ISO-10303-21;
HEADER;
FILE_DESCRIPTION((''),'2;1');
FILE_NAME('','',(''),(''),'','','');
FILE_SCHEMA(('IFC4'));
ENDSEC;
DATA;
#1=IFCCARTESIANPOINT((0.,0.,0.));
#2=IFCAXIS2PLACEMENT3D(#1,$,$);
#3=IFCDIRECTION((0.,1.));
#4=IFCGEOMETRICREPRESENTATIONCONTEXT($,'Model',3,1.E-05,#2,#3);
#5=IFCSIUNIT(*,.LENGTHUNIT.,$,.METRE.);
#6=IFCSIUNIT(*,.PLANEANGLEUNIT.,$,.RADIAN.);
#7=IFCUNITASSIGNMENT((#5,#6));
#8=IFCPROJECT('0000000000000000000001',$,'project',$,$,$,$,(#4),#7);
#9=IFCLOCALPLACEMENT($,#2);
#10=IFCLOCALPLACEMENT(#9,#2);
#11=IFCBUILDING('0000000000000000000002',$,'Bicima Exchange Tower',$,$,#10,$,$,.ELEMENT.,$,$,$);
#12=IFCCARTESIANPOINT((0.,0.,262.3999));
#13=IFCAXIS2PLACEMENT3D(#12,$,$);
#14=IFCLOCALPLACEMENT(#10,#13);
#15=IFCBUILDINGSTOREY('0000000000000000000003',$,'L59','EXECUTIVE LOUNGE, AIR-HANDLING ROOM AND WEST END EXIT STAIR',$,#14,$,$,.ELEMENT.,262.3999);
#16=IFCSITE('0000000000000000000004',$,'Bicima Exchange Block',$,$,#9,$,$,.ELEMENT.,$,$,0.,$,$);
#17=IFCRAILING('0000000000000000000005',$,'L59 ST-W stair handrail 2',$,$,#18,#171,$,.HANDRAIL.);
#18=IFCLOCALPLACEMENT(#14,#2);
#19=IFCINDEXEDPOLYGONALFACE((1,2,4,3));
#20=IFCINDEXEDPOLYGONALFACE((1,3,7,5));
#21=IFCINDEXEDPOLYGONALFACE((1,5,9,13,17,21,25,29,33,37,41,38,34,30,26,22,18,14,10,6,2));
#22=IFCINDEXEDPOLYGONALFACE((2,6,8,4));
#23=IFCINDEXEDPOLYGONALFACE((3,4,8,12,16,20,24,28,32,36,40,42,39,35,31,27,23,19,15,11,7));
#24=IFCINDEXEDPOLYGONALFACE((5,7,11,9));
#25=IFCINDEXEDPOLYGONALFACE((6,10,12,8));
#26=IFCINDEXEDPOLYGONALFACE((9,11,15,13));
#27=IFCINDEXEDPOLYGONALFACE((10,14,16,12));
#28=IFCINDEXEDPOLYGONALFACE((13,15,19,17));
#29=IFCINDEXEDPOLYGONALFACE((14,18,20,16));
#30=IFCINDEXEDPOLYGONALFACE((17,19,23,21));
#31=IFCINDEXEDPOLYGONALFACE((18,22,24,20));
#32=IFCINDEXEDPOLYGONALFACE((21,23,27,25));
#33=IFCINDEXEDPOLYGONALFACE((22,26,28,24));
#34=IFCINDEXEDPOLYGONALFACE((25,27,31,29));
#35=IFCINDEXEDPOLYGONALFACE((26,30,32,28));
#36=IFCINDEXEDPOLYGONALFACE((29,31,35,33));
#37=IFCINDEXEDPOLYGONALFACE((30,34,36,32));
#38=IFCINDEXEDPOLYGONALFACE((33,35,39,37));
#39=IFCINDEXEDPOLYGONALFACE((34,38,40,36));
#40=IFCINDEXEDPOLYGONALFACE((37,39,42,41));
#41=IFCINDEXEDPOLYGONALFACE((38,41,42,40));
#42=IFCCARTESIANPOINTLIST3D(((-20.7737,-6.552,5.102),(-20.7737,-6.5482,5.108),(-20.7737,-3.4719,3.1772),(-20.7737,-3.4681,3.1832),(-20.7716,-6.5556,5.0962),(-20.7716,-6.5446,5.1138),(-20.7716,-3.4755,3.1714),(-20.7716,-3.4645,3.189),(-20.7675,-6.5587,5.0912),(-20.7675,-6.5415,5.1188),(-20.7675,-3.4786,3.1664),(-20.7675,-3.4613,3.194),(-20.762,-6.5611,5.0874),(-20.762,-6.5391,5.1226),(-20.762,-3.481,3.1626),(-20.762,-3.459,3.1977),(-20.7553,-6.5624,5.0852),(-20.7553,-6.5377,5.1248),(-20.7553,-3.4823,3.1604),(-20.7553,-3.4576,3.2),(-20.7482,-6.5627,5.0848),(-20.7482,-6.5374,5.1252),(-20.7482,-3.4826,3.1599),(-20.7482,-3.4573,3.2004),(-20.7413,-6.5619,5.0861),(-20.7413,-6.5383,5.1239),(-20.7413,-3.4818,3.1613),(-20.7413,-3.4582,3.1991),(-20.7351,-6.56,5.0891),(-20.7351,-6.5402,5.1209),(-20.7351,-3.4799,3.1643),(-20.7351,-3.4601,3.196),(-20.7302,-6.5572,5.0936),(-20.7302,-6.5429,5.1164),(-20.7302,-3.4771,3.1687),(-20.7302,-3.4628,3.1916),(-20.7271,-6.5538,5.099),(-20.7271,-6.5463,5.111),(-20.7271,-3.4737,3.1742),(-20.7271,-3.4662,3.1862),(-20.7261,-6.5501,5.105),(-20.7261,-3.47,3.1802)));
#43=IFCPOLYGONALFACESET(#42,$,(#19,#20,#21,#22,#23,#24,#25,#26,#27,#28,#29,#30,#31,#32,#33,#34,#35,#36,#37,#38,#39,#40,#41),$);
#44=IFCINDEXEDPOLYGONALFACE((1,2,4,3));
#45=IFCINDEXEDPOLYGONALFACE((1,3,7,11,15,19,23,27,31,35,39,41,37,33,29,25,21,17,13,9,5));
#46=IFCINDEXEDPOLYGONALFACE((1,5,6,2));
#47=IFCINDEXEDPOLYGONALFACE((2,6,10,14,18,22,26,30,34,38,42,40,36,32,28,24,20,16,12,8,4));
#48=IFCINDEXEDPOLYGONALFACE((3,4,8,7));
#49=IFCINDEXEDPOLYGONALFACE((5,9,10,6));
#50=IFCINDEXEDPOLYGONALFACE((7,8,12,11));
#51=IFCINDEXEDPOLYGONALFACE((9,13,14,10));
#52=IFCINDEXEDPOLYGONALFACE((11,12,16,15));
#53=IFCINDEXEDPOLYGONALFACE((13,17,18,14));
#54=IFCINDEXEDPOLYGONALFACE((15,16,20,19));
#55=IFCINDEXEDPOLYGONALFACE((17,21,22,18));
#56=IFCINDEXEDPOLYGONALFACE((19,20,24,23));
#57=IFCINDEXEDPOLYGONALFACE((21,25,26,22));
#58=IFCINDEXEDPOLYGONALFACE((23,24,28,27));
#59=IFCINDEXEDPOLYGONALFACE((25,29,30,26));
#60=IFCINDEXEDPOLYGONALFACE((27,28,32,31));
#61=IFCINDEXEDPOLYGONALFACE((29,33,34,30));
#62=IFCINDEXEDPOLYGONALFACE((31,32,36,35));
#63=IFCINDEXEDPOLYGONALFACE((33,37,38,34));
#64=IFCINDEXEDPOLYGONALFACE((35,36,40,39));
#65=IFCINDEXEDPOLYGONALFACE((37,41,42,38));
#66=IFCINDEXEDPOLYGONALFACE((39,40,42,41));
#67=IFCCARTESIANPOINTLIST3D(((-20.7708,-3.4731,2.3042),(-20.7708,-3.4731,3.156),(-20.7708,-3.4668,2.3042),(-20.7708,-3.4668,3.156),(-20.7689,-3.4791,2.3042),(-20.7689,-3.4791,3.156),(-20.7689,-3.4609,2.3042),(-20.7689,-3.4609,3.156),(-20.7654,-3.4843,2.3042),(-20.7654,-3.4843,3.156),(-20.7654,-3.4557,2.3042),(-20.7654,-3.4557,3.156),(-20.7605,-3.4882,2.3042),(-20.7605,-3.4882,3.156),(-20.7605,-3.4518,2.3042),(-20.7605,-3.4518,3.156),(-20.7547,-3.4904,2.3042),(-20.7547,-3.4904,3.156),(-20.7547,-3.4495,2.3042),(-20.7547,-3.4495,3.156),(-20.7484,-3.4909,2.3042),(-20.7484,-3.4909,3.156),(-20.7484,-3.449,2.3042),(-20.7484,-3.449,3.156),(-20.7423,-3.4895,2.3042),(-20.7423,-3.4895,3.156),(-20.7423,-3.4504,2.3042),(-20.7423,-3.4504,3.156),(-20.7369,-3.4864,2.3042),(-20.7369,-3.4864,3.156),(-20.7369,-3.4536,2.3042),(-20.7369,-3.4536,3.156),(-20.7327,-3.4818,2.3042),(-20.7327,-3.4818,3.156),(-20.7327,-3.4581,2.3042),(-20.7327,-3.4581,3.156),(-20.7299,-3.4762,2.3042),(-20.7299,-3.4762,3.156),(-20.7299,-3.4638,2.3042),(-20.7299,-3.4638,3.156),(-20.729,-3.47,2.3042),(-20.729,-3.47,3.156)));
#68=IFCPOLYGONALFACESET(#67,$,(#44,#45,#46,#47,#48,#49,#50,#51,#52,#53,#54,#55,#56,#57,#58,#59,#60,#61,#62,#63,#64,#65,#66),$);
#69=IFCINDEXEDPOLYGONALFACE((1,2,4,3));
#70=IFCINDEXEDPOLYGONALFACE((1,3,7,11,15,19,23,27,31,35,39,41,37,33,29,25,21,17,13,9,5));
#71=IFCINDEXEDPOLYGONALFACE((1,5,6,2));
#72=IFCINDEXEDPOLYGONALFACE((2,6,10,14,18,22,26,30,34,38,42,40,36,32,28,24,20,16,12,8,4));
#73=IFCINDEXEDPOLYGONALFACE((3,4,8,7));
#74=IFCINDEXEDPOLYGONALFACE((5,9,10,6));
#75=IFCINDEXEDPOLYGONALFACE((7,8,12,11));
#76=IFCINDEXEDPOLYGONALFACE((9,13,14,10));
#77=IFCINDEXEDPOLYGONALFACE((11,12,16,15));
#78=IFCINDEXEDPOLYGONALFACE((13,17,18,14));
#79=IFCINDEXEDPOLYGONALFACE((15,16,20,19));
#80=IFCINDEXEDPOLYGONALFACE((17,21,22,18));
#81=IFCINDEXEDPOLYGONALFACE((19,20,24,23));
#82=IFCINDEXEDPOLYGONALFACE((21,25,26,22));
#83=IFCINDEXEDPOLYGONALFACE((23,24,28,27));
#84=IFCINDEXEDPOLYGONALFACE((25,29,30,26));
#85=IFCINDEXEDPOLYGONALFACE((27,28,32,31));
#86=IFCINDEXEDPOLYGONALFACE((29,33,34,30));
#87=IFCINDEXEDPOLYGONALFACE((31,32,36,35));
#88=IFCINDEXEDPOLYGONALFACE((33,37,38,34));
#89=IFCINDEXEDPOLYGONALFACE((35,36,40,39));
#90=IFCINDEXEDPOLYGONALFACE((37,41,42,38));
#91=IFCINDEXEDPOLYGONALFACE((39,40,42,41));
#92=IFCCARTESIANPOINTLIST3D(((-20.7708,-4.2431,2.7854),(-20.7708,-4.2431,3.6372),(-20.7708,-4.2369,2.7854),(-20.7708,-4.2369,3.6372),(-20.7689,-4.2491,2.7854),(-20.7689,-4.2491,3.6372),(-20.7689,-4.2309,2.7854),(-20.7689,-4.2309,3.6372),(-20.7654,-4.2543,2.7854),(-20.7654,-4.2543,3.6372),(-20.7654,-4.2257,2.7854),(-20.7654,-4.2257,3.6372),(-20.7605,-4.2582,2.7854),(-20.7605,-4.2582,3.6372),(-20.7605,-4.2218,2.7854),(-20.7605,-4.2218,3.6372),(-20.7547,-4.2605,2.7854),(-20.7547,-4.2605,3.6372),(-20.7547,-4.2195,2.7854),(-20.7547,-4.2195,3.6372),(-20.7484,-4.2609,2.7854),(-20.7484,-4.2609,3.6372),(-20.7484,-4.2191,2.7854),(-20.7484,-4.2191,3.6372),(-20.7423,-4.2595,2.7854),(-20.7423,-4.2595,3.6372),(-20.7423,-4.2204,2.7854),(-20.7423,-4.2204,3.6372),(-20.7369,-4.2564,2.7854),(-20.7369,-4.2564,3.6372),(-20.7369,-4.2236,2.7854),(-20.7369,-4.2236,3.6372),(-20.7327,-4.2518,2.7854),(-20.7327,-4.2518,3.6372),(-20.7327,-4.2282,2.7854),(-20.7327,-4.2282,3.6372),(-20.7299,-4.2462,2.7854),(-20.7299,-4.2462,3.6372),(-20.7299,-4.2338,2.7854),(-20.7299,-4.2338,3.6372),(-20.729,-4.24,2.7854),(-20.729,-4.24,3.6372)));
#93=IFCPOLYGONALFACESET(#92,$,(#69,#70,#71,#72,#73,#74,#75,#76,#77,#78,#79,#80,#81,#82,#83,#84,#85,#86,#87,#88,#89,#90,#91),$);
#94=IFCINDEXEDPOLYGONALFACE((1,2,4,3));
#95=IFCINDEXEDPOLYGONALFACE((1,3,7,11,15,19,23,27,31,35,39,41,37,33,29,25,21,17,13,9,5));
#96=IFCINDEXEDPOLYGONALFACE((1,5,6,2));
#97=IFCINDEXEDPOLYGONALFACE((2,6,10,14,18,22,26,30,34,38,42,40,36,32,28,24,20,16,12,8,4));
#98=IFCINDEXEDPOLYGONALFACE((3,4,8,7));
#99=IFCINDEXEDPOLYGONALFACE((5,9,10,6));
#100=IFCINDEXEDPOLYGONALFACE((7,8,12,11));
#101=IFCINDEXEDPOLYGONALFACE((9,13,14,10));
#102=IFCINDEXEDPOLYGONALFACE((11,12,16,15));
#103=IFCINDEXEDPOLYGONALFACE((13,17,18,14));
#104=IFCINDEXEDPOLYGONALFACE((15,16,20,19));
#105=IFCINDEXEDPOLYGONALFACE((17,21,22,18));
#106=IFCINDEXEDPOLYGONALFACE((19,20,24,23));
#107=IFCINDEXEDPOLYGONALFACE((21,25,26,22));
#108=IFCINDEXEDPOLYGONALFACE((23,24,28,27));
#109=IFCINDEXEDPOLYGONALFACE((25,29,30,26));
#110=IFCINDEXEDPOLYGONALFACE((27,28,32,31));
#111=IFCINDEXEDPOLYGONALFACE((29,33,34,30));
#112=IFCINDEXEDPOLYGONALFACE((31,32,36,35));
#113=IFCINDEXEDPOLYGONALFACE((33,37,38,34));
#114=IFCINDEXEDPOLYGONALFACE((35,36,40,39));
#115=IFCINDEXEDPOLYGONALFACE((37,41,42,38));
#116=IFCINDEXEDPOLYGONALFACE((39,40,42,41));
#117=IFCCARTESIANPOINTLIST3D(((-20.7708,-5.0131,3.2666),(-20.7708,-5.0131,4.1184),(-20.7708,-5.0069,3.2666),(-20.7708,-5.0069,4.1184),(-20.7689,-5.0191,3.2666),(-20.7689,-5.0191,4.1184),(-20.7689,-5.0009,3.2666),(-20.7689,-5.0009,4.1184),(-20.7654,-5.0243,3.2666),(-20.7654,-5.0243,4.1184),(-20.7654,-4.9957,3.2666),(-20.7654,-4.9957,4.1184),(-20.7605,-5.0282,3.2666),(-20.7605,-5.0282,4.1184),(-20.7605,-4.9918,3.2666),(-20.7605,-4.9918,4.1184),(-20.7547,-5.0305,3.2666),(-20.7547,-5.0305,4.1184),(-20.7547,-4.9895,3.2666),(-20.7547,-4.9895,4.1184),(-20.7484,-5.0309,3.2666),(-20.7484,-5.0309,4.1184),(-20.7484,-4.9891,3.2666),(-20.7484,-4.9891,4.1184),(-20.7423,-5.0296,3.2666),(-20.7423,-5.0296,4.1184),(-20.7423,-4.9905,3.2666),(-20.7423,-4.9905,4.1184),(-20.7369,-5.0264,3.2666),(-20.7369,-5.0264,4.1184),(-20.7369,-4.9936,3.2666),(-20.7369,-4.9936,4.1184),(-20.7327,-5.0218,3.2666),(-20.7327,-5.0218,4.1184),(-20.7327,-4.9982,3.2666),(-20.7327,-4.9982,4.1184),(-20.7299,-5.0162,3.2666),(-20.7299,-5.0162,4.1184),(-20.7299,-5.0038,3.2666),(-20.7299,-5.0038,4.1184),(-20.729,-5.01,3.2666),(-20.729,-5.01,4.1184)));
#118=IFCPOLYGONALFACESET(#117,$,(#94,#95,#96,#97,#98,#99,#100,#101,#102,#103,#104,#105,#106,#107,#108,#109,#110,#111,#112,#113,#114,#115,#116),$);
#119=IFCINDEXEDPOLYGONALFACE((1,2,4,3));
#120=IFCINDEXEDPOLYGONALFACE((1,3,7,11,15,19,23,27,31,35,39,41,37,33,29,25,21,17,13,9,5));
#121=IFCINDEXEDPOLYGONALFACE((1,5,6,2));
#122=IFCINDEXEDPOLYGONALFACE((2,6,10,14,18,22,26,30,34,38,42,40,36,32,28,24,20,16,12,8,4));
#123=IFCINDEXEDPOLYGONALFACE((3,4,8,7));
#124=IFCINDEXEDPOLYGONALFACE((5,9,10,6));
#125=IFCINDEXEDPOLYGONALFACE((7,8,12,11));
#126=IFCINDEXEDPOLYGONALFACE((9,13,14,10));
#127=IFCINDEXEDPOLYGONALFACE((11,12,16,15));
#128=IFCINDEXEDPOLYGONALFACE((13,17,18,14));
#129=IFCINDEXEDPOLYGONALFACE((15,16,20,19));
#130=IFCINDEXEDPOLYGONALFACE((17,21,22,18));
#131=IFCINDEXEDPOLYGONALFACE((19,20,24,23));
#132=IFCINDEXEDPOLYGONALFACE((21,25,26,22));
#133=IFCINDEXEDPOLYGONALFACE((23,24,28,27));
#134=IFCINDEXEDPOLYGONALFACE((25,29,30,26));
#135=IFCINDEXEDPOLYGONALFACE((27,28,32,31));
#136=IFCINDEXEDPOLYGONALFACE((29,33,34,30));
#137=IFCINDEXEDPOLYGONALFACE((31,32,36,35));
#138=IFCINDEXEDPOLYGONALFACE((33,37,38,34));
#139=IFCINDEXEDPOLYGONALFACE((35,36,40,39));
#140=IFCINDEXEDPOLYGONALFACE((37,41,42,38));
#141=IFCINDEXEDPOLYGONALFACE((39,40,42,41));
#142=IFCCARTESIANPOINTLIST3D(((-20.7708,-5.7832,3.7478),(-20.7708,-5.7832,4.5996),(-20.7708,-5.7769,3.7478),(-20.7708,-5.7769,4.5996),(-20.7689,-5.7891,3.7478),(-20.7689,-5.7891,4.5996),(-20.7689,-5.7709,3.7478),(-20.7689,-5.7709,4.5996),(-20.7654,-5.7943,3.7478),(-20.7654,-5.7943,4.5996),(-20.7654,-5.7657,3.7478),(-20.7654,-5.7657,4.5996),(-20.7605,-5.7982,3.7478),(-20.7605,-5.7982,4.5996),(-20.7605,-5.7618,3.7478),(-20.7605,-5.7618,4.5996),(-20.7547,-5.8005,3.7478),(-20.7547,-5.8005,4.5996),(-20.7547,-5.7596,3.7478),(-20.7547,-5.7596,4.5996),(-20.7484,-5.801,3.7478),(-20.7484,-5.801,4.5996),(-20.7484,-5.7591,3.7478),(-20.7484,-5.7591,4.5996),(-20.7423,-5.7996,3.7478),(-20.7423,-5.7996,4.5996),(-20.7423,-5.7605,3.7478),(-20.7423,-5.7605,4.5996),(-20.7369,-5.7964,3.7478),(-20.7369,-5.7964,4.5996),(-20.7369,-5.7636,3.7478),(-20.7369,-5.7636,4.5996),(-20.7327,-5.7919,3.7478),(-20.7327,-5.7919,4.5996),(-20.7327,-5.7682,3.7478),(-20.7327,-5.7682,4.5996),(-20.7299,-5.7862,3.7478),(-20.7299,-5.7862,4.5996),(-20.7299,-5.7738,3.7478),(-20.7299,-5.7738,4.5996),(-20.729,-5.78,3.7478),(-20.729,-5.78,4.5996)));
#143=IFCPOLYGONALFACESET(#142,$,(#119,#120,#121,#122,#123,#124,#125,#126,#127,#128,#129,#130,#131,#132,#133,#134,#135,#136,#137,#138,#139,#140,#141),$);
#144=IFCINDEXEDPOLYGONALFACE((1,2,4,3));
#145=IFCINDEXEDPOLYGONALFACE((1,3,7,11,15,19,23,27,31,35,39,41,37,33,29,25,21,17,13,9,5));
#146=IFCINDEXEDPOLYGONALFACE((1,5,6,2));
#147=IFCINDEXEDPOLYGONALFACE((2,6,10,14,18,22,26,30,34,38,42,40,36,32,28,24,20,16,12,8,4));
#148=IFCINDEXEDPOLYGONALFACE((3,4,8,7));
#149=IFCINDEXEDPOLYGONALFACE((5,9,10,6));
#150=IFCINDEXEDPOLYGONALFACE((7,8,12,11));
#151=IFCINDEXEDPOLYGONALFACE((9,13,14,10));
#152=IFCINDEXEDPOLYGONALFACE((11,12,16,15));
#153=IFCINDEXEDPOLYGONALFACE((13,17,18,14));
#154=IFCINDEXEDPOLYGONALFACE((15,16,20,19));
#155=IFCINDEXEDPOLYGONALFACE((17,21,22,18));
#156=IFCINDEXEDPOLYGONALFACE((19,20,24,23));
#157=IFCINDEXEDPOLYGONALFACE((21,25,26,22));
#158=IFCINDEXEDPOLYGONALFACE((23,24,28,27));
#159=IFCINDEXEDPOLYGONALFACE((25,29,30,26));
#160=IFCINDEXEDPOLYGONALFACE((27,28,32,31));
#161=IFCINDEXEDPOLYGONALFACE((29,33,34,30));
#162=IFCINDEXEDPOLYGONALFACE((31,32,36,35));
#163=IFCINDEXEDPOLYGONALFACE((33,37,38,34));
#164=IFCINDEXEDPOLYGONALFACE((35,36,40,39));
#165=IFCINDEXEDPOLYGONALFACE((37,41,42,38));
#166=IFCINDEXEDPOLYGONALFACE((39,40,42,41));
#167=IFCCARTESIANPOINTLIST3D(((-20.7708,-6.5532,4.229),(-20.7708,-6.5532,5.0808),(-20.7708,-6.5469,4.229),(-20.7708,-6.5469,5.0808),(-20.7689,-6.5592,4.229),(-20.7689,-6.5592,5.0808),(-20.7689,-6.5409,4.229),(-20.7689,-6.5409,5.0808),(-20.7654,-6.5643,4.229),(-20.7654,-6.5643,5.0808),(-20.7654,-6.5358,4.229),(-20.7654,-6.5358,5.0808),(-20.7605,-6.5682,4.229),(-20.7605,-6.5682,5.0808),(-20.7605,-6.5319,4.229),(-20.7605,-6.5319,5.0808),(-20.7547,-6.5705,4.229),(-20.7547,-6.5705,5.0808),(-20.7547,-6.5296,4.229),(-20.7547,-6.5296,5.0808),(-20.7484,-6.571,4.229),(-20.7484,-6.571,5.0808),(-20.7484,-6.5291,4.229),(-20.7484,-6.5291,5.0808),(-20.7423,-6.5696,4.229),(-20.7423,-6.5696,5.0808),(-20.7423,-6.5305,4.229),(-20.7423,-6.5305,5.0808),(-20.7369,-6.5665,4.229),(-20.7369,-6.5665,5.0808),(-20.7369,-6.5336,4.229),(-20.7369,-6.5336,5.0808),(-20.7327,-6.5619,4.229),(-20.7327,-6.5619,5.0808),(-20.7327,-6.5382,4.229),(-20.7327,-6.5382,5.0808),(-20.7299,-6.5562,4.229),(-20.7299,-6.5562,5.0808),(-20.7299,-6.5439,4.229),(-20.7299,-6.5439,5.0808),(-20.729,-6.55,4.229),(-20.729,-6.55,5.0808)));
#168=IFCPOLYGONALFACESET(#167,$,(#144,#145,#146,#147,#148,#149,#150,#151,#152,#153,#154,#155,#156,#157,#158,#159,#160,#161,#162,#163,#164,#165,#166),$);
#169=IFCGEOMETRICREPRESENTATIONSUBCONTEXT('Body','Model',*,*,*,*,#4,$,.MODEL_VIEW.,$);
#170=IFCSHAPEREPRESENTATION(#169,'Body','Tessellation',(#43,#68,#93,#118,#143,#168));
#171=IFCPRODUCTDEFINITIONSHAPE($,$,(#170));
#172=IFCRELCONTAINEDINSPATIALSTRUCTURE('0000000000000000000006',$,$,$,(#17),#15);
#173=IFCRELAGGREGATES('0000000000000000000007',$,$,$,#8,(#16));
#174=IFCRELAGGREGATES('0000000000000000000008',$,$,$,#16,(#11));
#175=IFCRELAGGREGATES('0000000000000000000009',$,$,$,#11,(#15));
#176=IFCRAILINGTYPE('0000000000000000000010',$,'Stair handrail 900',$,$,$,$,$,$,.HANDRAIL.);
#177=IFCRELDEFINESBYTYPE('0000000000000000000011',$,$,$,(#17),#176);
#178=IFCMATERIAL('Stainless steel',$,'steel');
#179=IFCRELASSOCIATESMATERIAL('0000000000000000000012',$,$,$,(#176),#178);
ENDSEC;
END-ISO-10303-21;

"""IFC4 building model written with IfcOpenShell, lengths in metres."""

from ifc_helpers import new_model, si_unit, direction, frame, origin, origin_2d, place, context, subcontext, project, spatial, circle, extrude, material, type_object, element, save


model = new_model("IFC4")

# Units and contexts
model_context = context("Model", 3, precision=1e-05, world=origin(), true_north=direction((0.0, 1.0)))
body_context = subcontext(model_context, "Body", "Model", "MODEL_VIEW")
ifc_project = project(units=[si_unit("LENGTHUNIT", "METRE"), si_unit("PLANEANGLEUNIT", "RADIAN")], contexts=[model_context])

# Site, building, storey
site_placement = place(None, origin())
site = spatial("IfcSite", under=ifc_project, at=site_placement, Name="Bicima Exchange Block", CompositionType="ELEMENT", RefElevation=0.0)
building_placement = place(site_placement, origin())
building = spatial("IfcBuilding", under=site, at=building_placement, Name="Bicima Exchange Tower", CompositionType="ELEMENT")
storey_placement = place(building_placement, frame((0.0, 0.0, 262.3999)))
storey = spatial("IfcBuildingStorey", under=building, at=storey_placement, Name="L59", Description="EXECUTIVE LOUNGE, AIR-HANDLING ROOM AND WEST END EXIT STAIR", CompositionType="ELEMENT", Elevation=262.3999)

# Railing
ifc_material_1 = material(Name="Stainless steel", Category="steel")
railing_type = type_object("IfcRailingType", Name="Stair handrail 900", PredefinedType="HANDRAIL", material=ifc_material_1)
railing_placement = place(storey_placement, frame((-20.75, -3.47, 2.3042)))
element("IfcRailing", 1, at=railing_placement, inside=storey, type_object=railing_type, Name="L59 ST-W stair handrail 2", PredefinedType="HANDRAIL", context=body_context, shape_type="SweptSolid", body=[
    extrude(circle(Radius=0.0239, at=origin_2d()), frame((0.0, 0.0, 0.876), z_axis=(0.0, -0.848029, 0.529951), x_axis=(1.0, 0.0, 0.0)), (0.0, 0.0, 1.0), 3.6321),
    extrude(circle(Radius=0.021, at=origin_2d()), origin(), (0.0, 0.0, 1.0), 0.8518),
    extrude(circle(Radius=0.021, at=origin_2d()), frame((0.0, -0.77, 0.4812)), (0.0, 0.0, 1.0), 0.8518),
    extrude(circle(Radius=0.021, at=origin_2d()), frame((0.0, -1.54, 0.9624)), (0.0, 0.0, 1.0), 0.8518),
    extrude(circle(Radius=0.021, at=origin_2d()), frame((0.0, -2.3101, 1.4436)), (0.0, 0.0, 1.0), 0.8518),
    extrude(circle(Radius=0.021, at=origin_2d()), frame((0.0, -3.0801, 1.9248)), (0.0, 0.0, 1.0), 0.8518),
])

save(model, "model.ifc")
